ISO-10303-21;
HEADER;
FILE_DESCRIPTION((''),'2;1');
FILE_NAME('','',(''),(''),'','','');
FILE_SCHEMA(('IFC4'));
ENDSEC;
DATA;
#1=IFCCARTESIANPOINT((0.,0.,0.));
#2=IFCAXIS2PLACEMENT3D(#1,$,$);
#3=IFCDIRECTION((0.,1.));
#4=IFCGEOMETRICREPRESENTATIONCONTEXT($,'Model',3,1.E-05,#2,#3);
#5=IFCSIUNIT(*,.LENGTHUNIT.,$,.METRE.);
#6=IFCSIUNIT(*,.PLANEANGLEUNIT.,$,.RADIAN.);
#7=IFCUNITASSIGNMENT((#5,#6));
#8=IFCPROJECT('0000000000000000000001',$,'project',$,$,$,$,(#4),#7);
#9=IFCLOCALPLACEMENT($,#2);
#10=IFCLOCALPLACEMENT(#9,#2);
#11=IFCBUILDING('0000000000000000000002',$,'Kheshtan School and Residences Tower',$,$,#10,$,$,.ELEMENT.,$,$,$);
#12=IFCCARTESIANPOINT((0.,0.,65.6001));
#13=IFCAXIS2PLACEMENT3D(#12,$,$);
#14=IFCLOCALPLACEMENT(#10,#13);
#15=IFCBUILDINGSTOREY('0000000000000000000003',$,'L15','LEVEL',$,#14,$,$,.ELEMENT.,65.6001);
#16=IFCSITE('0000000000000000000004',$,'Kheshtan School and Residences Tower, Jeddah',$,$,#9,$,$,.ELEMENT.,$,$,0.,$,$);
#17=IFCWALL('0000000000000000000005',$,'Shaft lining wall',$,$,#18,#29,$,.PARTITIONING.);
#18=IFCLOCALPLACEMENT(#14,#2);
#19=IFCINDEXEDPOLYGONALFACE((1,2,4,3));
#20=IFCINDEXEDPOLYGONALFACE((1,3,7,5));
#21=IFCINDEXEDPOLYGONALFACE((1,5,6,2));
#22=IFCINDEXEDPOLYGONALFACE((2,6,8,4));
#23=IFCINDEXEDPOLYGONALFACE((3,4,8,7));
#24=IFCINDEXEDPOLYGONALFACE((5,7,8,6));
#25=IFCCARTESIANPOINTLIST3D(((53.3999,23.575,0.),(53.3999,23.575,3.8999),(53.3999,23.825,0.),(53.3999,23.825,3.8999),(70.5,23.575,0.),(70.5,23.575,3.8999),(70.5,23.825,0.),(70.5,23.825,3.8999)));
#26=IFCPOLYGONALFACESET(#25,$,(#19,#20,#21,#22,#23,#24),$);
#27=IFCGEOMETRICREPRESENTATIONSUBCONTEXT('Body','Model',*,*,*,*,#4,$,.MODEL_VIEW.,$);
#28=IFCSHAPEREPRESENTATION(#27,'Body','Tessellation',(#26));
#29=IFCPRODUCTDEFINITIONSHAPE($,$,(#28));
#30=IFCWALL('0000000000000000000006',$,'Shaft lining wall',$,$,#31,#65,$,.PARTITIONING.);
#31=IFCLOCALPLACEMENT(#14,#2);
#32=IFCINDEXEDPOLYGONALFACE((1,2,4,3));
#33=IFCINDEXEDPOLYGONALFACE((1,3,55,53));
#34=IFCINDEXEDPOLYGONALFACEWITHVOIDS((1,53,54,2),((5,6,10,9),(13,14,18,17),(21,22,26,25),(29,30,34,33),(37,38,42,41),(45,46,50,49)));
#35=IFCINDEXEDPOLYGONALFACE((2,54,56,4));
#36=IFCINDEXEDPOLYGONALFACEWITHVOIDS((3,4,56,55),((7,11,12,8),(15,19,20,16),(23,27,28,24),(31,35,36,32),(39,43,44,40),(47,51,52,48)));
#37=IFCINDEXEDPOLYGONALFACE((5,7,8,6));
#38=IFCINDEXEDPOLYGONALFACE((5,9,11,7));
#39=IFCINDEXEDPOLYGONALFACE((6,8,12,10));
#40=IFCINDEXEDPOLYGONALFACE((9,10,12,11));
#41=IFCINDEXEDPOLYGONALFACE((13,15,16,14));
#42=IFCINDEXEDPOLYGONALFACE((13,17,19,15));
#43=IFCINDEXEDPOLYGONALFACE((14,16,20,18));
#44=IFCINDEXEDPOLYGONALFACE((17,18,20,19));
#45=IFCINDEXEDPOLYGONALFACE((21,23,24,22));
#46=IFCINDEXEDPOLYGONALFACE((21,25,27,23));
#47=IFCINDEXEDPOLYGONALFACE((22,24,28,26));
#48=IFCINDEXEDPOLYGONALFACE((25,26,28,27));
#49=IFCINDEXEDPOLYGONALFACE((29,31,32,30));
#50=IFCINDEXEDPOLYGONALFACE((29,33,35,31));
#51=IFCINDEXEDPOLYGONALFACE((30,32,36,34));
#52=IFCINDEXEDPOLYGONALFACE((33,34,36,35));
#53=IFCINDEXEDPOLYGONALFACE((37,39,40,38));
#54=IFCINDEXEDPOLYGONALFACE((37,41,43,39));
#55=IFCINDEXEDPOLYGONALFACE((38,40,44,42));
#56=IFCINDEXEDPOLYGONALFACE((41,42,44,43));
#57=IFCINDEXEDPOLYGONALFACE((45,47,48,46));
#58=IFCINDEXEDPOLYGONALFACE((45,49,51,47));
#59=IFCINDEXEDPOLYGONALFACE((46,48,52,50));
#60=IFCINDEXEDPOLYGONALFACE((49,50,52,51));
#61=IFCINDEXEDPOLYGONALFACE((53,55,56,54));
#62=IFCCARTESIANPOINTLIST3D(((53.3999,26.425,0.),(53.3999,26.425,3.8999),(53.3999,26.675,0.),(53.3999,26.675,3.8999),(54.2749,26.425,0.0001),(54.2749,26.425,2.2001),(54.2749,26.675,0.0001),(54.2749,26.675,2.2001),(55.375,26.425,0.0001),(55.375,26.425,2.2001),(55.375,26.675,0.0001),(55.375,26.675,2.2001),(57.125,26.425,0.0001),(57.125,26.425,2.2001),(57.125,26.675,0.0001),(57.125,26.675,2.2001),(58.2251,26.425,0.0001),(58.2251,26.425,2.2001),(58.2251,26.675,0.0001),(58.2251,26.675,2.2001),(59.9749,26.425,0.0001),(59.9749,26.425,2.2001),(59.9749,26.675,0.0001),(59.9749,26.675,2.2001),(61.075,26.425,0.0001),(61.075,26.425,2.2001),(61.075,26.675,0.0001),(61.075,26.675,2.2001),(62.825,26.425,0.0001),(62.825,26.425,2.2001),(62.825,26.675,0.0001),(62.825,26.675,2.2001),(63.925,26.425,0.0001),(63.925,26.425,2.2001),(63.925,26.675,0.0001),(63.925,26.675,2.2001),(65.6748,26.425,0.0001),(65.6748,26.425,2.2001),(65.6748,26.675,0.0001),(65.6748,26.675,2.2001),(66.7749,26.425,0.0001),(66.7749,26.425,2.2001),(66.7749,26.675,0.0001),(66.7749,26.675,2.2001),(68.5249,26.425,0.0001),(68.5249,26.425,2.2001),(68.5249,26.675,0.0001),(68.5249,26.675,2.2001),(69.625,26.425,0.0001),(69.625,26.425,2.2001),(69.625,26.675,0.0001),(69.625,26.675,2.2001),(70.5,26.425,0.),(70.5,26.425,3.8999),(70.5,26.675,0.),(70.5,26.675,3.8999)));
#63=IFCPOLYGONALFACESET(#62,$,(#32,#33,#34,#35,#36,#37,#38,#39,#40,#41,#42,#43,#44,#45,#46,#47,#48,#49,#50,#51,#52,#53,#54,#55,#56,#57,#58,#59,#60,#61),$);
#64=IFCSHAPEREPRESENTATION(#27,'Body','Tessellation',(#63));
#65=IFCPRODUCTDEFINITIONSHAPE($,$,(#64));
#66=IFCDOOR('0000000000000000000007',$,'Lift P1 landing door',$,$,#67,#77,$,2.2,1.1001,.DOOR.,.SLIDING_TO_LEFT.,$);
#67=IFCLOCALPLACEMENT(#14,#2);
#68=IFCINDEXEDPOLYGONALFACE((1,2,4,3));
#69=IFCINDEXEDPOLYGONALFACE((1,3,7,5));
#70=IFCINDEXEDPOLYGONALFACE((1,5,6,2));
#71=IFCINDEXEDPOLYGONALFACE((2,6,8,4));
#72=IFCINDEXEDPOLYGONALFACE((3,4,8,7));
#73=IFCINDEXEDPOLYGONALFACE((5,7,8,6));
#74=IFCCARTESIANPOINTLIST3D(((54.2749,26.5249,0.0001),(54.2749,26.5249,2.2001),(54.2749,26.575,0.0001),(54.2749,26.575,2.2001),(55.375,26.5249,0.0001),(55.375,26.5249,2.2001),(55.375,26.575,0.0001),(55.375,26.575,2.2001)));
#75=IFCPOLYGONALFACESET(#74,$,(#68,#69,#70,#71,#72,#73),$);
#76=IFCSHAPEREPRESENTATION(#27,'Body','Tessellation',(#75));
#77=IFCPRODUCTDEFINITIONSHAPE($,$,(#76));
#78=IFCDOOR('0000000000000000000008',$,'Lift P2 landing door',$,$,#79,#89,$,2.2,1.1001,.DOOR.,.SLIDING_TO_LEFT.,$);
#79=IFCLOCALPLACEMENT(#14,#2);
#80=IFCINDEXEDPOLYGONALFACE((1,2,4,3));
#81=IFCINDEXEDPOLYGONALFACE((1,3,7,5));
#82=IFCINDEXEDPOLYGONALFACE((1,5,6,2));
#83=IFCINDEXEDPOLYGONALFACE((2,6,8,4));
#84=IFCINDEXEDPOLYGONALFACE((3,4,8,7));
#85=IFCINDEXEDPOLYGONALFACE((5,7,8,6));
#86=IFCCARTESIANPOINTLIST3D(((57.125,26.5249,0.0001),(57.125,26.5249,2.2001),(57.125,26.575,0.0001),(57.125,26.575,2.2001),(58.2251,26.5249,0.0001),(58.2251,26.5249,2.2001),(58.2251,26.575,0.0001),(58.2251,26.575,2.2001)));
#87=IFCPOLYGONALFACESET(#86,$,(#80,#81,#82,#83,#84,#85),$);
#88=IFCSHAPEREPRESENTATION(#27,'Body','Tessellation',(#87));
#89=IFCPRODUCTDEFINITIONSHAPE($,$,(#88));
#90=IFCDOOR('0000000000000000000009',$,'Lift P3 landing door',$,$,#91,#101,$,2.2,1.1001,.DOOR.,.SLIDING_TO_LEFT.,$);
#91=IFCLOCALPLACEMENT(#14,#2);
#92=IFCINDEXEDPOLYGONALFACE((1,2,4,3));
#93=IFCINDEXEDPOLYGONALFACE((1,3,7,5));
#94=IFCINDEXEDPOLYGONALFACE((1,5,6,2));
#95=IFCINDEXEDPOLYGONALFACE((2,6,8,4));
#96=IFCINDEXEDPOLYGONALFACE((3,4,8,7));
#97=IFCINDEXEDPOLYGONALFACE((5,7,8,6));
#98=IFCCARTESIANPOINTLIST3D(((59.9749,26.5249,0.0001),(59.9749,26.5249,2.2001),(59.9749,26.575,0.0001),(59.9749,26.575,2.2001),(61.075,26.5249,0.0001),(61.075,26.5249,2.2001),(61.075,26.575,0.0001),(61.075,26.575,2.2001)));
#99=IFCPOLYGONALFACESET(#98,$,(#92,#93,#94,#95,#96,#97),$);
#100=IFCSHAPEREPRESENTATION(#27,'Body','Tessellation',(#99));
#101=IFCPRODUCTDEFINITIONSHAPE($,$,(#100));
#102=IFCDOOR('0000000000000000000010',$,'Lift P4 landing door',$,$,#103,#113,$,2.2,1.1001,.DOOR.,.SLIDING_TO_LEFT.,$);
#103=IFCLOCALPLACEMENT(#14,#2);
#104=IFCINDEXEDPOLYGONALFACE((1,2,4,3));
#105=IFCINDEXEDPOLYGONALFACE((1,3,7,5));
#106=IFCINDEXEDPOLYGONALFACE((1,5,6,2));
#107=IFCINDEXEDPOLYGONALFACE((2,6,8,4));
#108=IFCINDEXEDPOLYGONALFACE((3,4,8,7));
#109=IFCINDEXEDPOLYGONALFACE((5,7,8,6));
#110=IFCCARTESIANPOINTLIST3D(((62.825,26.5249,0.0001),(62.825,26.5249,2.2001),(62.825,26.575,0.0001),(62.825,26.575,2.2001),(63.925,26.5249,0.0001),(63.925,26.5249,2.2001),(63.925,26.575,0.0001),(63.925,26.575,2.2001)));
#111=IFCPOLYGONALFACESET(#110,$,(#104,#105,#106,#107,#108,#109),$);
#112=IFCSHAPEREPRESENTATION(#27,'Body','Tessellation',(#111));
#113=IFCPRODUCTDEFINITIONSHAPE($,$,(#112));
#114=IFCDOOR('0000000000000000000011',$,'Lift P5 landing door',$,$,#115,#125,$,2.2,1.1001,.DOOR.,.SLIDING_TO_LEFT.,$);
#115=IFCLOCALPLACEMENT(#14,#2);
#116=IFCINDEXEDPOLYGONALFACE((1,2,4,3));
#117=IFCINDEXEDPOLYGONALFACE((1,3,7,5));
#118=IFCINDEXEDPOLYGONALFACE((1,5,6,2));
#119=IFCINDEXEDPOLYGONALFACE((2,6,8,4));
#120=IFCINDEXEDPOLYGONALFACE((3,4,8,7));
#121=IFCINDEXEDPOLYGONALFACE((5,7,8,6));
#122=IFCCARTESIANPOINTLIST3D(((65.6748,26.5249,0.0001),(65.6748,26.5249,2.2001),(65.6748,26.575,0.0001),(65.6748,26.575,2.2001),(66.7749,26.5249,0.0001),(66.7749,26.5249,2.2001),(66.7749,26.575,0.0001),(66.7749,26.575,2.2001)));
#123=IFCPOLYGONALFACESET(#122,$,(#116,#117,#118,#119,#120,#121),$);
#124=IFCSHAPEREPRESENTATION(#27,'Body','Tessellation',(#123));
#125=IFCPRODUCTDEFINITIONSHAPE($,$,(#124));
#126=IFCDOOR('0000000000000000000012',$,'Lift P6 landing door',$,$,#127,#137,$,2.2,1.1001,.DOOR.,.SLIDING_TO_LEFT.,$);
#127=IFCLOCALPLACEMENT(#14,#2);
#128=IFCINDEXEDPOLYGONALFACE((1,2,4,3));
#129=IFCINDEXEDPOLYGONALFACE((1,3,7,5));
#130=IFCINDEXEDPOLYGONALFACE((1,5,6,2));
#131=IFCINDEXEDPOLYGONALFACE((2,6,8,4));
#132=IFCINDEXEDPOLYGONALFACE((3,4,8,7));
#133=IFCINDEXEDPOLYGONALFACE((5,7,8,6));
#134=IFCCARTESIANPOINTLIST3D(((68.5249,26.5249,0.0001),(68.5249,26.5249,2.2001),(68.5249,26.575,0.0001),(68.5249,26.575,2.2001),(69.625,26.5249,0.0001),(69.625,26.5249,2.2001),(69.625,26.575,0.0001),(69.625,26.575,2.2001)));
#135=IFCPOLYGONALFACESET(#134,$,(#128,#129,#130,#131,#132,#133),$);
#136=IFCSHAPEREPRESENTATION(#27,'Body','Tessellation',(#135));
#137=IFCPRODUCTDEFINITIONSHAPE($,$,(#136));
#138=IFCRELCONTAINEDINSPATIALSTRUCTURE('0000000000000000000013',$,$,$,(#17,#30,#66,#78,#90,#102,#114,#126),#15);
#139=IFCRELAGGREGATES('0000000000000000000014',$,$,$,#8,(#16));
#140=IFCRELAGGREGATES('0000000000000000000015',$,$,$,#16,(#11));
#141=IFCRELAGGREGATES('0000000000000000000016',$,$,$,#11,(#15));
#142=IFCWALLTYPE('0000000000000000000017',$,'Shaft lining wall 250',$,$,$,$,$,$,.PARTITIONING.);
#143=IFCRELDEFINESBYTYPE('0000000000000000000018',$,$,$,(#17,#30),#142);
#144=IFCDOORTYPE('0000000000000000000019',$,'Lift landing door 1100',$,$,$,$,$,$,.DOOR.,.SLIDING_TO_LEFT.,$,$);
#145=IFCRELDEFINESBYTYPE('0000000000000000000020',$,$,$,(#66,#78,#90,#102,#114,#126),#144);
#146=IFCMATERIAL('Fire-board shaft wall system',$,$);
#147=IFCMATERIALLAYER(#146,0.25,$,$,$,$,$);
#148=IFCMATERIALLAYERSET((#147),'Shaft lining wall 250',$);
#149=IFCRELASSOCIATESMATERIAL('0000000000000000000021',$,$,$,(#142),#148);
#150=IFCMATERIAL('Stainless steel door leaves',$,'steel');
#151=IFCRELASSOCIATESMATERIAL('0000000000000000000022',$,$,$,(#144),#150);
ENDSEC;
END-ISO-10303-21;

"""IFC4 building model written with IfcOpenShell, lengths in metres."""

from ifc_helpers import new_model, si_unit, direction, frame, frame_2d, origin, place, context, subcontext, project, spatial, rectangle, extrude, source, transform, mapped, material, layer, layer_set, type_object, element, fill, save


model = new_model("IFC4")

# Units and contexts
model_context = context("Model", 3, precision=1e-05, world=origin(), true_north=direction((0.0, 1.0)))
body_context = subcontext(model_context, "Body", "Model", "MODEL_VIEW")
ifc_project = project(units=[si_unit("LENGTHUNIT", "METRE"), si_unit("PLANEANGLEUNIT", "RADIAN")], contexts=[model_context])

# Site, building, storey
site_placement = place(None, origin())
site = spatial("IfcSite", under=ifc_project, at=site_placement, Name="Kheshtan School and Residences Tower, Jeddah", CompositionType="ELEMENT", RefElevation=0.0)
building_placement = place(site_placement, origin())
building = spatial("IfcBuilding", under=site, at=building_placement, Name="Kheshtan School and Residences Tower", CompositionType="ELEMENT")
storey_placement = place(building_placement, frame((0.0, 0.0, 65.6001)))
storey = spatial("IfcBuildingStorey", under=building, at=storey_placement, Name="L15", Description="LEVEL", CompositionType="ELEMENT", Elevation=65.6001)

# Wall
ifc_material_1 = material(Name="Fire-board shaft wall system")
ifc_layer_1 = layer(ifc_material_1, 0.25)
ifc_layer_set_1 = layer_set([ifc_layer_1], Name="Shaft lining wall 250")
wall_type_1 = type_object("IfcWallType", Name="Shaft lining wall 250", PredefinedType="PARTITIONING", material=ifc_layer_set_1)
wall_1_placement = place(storey_placement, frame((53.3999, 23.7, 0.0), z_axis=(0.0, 0.0, 1.0), x_axis=(1.0, 0.0, 0.0)))
element("IfcWall", 1, at=wall_1_placement, inside=storey, type_object=wall_type_1, Name="Shaft lining wall", PredefinedType="PARTITIONING", context=body_context, shape_type="SweptSolid", body=[
    extrude(rectangle(XDim=17.1001, YDim=0.25, at=frame_2d((8.55, 0.0))), origin(), (0.0, 0.0, 1.0), 3.8999),
])

# Wall, openings, doors
wall_2_placement = place(storey_placement, frame((53.3999, 26.55, 0.0), z_axis=(0.0, 0.0, 1.0), x_axis=(1.0, 0.0, 0.0)))
wall_2 = element("IfcWall", 2, at=wall_2_placement, inside=storey, type_object=wall_type_1, Name="Shaft lining wall", PredefinedType="PARTITIONING", context=body_context, shape_type="SweptSolid", body=[
    extrude(rectangle(XDim=17.1001, YDim=0.25, at=frame_2d((8.55, 0.0))), origin(), (0.0, 0.0, 1.0), 3.8999),
])
opening_1_placement = place(wall_2_placement, frame((0.875, 0.0, 0.0)))
opening_1 = element("IfcOpeningElement", 3, at=opening_1_placement, cuts=wall_2, PredefinedType="OPENING", context=body_context, shape_type="SweptSolid", body=[
    extrude(rectangle(XDim=1.1001, YDim=2.2, at=frame_2d((0.55, 1.1001))), frame((0.0, 0.135, 0.0), z_axis=(0.0, -1.0, 0.0), x_axis=(1.0, 0.0, 0.0)), (0.0, 0.0, 1.0), 0.27),
])
opening_2_placement = place(wall_2_placement, frame((3.7251, 0.0, 0.0)))
opening_2 = element("IfcOpeningElement", 4, at=opening_2_placement, cuts=wall_2, PredefinedType="OPENING", context=body_context, shape_type="SweptSolid", body=[
    extrude(rectangle(XDim=1.1001, YDim=2.2, at=frame_2d((0.55, 1.1001))), frame((0.0, 0.135, 0.0), z_axis=(0.0, -1.0, 0.0), x_axis=(1.0, 0.0, 0.0)), (0.0, 0.0, 1.0), 0.27),
])
opening_3_placement = place(wall_2_placement, frame((6.575, 0.0, 0.0)))
opening_3 = element("IfcOpeningElement", 5, at=opening_3_placement, cuts=wall_2, PredefinedType="OPENING", context=body_context, shape_type="SweptSolid", body=[
    extrude(rectangle(XDim=1.1001, YDim=2.2, at=frame_2d((0.55, 1.1001))), frame((0.0, 0.135, 0.0), z_axis=(0.0, -1.0, 0.0), x_axis=(1.0, 0.0, 0.0)), (0.0, 0.0, 1.0), 0.27),
])
opening_4_placement = place(wall_2_placement, frame((9.425, 0.0, 0.0)))
opening_4 = element("IfcOpeningElement", 6, at=opening_4_placement, cuts=wall_2, PredefinedType="OPENING", context=body_context, shape_type="SweptSolid", body=[
    extrude(rectangle(XDim=1.1001, YDim=2.2, at=frame_2d((0.55, 1.1001))), frame((0.0, 0.135, 0.0), z_axis=(0.0, -1.0, 0.0), x_axis=(1.0, 0.0, 0.0)), (0.0, 0.0, 1.0), 0.27),
])
opening_5_placement = place(wall_2_placement, frame((12.2749, 0.0, 0.0)))
opening_5 = element("IfcOpeningElement", 7, at=opening_5_placement, cuts=wall_2, PredefinedType="OPENING", context=body_context, shape_type="SweptSolid", body=[
    extrude(rectangle(XDim=1.1001, YDim=2.2, at=frame_2d((0.55, 1.1001))), frame((0.0, 0.135, 0.0), z_axis=(0.0, -1.0, 0.0), x_axis=(1.0, 0.0, 0.0)), (0.0, 0.0, 1.0), 0.27),
])
opening_6_placement = place(wall_2_placement, frame((15.125, 0.0, 0.0)))
opening_6 = element("IfcOpeningElement", 8, at=opening_6_placement, cuts=wall_2, PredefinedType="OPENING", context=body_context, shape_type="SweptSolid", body=[
    extrude(rectangle(XDim=1.1001, YDim=2.2, at=frame_2d((0.55, 1.1001))), frame((0.0, 0.135, 0.0), z_axis=(0.0, -1.0, 0.0), x_axis=(1.0, 0.0, 0.0)), (0.0, 0.0, 1.0), 0.27),
])
ifc_material_2 = material(Name="Stainless steel door leaves", Category="steel")
door_type_1 = type_object("IfcDoorType", Name="Lift landing door 1100", OperationType="SLIDING_TO_LEFT", PredefinedType="DOOR", material=ifc_material_2)
shared_shape_1 = source(origin(), body_context, "Body", "SweptSolid", [
    extrude(rectangle(XDim=1.1001, YDim=2.2, at=frame_2d((0.55, 1.1001))), frame((0.0, 0.0249, 0.0), z_axis=(0.0, -1.0, 0.0), x_axis=(1.0, 0.0, 0.0)), (0.0, 0.0, 1.0), 0.05),
])
door_1_placement = place(opening_1_placement, origin())
door_1 = element("IfcDoor", 9, at=door_1_placement, inside=storey, type_object=door_type_1, Name="Lift P1 landing door", OperationType="SLIDING_TO_LEFT", OverallHeight=2.2, OverallWidth=1.1001, PredefinedType="DOOR", context=body_context, shape_type="MappedRepresentation", body=[
    mapped(shared_shape_1, transform((0.0, 0.0, 0.0), x_axis=(1.0, 0.0, 0.0), y_axis=(0.0, 1.0, 0.0), z_axis=(0.0, 0.0, 1.0), scale=1.0)),
])
fill(opening_1, door_1)
door_2_placement = place(opening_2_placement, origin())
door_2 = element("IfcDoor", 10, at=door_2_placement, inside=storey, type_object=door_type_1, Name="Lift P2 landing door", OperationType="SLIDING_TO_LEFT", OverallHeight=2.2, OverallWidth=1.1001, PredefinedType="DOOR", context=body_context, shape_type="MappedRepresentation", body=[
    mapped(shared_shape_1, transform((0.0, 0.0, 0.0), x_axis=(1.0, 0.0, 0.0), y_axis=(0.0, 1.0, 0.0), z_axis=(0.0, 0.0, 1.0), scale=1.0)),
])
fill(opening_2, door_2)
door_3_placement = place(opening_3_placement, origin())
door_3 = element("IfcDoor", 11, at=door_3_placement, inside=storey, type_object=door_type_1, Name="Lift P3 landing door", OperationType="SLIDING_TO_LEFT", OverallHeight=2.2, OverallWidth=1.1001, PredefinedType="DOOR", context=body_context, shape_type="MappedRepresentation", body=[
    mapped(shared_shape_1, transform((0.0, 0.0, 0.0), x_axis=(1.0, 0.0, 0.0), y_axis=(0.0, 1.0, 0.0), z_axis=(0.0, 0.0, 1.0), scale=1.0)),
])
fill(opening_3, door_3)
door_4_placement = place(opening_4_placement, origin())
door_4 = element("IfcDoor", 12, at=door_4_placement, inside=storey, type_object=door_type_1, Name="Lift P4 landing door", OperationType="SLIDING_TO_LEFT", OverallHeight=2.2, OverallWidth=1.1001, PredefinedType="DOOR", context=body_context, shape_type="MappedRepresentation", body=[
    mapped(shared_shape_1, transform((0.0, 0.0, 0.0), x_axis=(1.0, 0.0, 0.0), y_axis=(0.0, 1.0, 0.0), z_axis=(0.0, 0.0, 1.0), scale=1.0)),
])
fill(opening_4, door_4)
door_5_placement = place(opening_5_placement, origin())
door_5 = element("IfcDoor", 13, at=door_5_placement, inside=storey, type_object=door_type_1, Name="Lift P5 landing door", OperationType="SLIDING_TO_LEFT", OverallHeight=2.2, OverallWidth=1.1001, PredefinedType="DOOR", context=body_context, shape_type="MappedRepresentation", body=[
    mapped(shared_shape_1, transform((0.0, 0.0, 0.0), x_axis=(1.0, 0.0, 0.0), y_axis=(0.0, 1.0, 0.0), z_axis=(0.0, 0.0, 1.0), scale=1.0)),
])
fill(opening_5, door_5)
door_6_placement = place(opening_6_placement, origin())
door_6 = element("IfcDoor", 14, at=door_6_placement, inside=storey, type_object=door_type_1, Name="Lift P6 landing door", OperationType="SLIDING_TO_LEFT", OverallHeight=2.2, OverallWidth=1.1001, PredefinedType="DOOR", context=body_context, shape_type="MappedRepresentation", body=[
    mapped(shared_shape_1, transform((0.0, 0.0, 0.0), x_axis=(1.0, 0.0, 0.0), y_axis=(0.0, 1.0, 0.0), z_axis=(0.0, 0.0, 1.0), scale=1.0)),
])
fill(opening_6, door_6)

save(model, "model.ifc")
